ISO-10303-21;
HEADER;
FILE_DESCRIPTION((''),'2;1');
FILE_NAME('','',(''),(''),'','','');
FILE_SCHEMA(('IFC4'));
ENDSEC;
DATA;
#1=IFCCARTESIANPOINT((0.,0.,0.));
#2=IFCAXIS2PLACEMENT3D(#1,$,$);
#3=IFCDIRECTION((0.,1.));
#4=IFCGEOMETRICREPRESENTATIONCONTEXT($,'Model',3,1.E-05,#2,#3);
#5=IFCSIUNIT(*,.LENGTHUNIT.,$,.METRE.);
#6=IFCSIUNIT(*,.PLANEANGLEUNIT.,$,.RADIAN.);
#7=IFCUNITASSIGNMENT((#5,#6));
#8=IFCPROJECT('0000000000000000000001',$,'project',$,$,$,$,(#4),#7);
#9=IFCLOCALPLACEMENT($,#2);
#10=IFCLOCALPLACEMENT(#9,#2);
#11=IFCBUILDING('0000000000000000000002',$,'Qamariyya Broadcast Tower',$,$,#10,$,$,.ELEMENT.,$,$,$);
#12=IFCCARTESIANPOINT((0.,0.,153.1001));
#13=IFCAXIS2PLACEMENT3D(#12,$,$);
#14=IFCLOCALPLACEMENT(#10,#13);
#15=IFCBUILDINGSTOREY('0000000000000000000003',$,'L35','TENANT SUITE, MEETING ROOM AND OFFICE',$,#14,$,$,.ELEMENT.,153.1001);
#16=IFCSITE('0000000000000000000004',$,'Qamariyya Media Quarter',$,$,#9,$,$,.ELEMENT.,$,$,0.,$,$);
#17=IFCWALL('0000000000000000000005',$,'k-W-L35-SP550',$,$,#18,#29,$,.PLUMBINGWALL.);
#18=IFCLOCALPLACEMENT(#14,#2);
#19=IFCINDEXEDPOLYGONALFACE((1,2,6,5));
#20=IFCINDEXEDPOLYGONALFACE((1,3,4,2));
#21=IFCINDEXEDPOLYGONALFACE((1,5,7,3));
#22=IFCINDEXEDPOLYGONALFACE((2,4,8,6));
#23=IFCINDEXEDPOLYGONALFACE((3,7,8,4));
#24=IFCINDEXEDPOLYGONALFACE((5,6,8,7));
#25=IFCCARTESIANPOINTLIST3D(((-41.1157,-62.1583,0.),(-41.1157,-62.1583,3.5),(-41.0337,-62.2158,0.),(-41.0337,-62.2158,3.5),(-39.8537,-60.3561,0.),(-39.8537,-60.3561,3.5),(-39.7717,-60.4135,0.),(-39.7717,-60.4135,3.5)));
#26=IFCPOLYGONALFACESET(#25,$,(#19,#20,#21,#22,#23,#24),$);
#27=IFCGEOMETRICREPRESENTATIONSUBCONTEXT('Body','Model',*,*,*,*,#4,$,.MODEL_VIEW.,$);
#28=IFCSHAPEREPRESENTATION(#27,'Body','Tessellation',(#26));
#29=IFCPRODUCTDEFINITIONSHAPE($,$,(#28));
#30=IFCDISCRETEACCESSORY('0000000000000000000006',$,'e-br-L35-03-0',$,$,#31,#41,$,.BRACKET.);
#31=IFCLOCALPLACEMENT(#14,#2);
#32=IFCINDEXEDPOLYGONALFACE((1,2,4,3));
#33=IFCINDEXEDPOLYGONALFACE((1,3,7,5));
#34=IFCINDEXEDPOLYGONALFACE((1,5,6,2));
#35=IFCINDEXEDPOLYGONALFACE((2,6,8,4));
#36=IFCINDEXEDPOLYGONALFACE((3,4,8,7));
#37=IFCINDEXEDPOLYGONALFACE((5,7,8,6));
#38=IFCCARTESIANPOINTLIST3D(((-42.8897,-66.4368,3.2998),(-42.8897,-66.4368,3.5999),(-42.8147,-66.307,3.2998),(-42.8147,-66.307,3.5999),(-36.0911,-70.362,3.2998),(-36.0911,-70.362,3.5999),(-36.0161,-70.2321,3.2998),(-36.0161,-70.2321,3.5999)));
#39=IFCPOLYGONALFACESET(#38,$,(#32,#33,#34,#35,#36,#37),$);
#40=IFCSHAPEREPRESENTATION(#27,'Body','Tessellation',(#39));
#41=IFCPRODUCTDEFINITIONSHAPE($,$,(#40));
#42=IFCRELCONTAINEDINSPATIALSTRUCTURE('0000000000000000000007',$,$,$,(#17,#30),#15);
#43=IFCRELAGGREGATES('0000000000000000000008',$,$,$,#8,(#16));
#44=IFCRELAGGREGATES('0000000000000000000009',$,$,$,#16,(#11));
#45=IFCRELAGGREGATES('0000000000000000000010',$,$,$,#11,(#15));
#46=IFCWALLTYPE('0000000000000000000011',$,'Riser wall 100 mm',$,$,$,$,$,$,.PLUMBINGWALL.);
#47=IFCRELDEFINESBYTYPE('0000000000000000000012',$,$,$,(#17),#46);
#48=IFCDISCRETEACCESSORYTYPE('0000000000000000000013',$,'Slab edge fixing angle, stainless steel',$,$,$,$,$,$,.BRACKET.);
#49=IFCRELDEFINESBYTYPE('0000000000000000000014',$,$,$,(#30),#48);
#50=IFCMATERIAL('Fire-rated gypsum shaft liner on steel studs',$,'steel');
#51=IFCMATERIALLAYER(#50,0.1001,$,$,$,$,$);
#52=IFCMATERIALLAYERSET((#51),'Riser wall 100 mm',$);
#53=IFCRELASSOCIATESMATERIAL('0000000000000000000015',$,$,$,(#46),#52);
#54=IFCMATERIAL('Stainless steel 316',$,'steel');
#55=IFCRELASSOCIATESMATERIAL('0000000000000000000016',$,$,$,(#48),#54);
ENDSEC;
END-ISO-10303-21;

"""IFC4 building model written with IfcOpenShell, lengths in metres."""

from ifc_helpers import new_model, si_unit, direction, frame, frame_2d, origin, origin_2d, place, context, subcontext, project, spatial, rectangle, extrude, material, layer, layer_set, type_object, element, save


model = new_model("IFC4")

# Units and contexts
model_context = context("Model", 3, precision=1e-05, world=origin(), true_north=direction((0.0, 1.0)))
body_context = subcontext(model_context, "Body", "Model", "MODEL_VIEW")
ifc_project = project(units=[si_unit("LENGTHUNIT", "METRE"), si_unit("PLANEANGLEUNIT", "RADIAN")], contexts=[model_context])

# Site, building, storey
site_placement = place(None, origin())
site = spatial("IfcSite", under=ifc_project, at=site_placement, Name="Qamariyya Media Quarter", CompositionType="ELEMENT", RefElevation=0.0)
building_placement = place(site_placement, origin())
building = spatial("IfcBuilding", under=site, at=building_placement, Name="Qamariyya Broadcast Tower", CompositionType="ELEMENT")
storey_placement = place(building_placement, frame((0.0, 0.0, 153.1001)))
storey = spatial("IfcBuildingStorey", under=building, at=storey_placement, Name="L35", Description="TENANT SUITE, MEETING ROOM AND OFFICE", CompositionType="ELEMENT", Elevation=153.1001)

# Wall
ifc_material_1 = material(Name="Fire-rated gypsum shaft liner on steel studs", Category="steel")
ifc_layer_1 = layer(ifc_material_1, 0.1001)
ifc_layer_set_1 = layer_set([ifc_layer_1], Name="Riser wall 100 mm")
wall_type_1 = type_object("IfcWallType", Name="Riser wall 100 mm", PredefinedType="PLUMBINGWALL", material=ifc_layer_set_1)
wall_1_placement = place(storey_placement, frame((-39.8127, -60.3848, 0.0), z_axis=(0.0, 0.0, 1.0), x_axis=(-0.573581, -0.819149, 0.0)))
element("IfcWall", 1, at=wall_1_placement, inside=storey, type_object=wall_type_1, Name="k-W-L35-SP550", PredefinedType="PLUMBINGWALL", context=body_context, shape_type="SweptSolid", body=[
    extrude(rectangle(XDim=2.2002, YDim=0.1001, at=frame_2d((1.1001, 0.0))), origin(), (0.0, 0.0, 1.0), 3.5),
])

# Discrete accessory
ifc_material_2 = material(Name="Stainless steel 316", Category="steel")
discrete_accessory_type = type_object("IfcDiscreteAccessoryType", Name="Slab edge fixing angle, stainless steel", PredefinedType="BRACKET", material=ifc_material_2)
discrete_accessory_placement = place(storey_placement, frame((-39.4529, -68.3345, 3.2998), z_axis=(0.0, 0.0, 1.0), x_axis=(0.866025, -0.5, 0.0)))
element("IfcDiscreteAccessory", 2, at=discrete_accessory_placement, inside=storey, type_object=discrete_accessory_type, Name="e-br-L35-03-0", PredefinedType="BRACKET", context=body_context, shape_type="SweptSolid", body=[
    extrude(rectangle(XDim=7.8503, YDim=0.1499, at=origin_2d()), origin(), (0.0, 0.0, 1.0), 0.3),
])

save(model, "model.ifc")
